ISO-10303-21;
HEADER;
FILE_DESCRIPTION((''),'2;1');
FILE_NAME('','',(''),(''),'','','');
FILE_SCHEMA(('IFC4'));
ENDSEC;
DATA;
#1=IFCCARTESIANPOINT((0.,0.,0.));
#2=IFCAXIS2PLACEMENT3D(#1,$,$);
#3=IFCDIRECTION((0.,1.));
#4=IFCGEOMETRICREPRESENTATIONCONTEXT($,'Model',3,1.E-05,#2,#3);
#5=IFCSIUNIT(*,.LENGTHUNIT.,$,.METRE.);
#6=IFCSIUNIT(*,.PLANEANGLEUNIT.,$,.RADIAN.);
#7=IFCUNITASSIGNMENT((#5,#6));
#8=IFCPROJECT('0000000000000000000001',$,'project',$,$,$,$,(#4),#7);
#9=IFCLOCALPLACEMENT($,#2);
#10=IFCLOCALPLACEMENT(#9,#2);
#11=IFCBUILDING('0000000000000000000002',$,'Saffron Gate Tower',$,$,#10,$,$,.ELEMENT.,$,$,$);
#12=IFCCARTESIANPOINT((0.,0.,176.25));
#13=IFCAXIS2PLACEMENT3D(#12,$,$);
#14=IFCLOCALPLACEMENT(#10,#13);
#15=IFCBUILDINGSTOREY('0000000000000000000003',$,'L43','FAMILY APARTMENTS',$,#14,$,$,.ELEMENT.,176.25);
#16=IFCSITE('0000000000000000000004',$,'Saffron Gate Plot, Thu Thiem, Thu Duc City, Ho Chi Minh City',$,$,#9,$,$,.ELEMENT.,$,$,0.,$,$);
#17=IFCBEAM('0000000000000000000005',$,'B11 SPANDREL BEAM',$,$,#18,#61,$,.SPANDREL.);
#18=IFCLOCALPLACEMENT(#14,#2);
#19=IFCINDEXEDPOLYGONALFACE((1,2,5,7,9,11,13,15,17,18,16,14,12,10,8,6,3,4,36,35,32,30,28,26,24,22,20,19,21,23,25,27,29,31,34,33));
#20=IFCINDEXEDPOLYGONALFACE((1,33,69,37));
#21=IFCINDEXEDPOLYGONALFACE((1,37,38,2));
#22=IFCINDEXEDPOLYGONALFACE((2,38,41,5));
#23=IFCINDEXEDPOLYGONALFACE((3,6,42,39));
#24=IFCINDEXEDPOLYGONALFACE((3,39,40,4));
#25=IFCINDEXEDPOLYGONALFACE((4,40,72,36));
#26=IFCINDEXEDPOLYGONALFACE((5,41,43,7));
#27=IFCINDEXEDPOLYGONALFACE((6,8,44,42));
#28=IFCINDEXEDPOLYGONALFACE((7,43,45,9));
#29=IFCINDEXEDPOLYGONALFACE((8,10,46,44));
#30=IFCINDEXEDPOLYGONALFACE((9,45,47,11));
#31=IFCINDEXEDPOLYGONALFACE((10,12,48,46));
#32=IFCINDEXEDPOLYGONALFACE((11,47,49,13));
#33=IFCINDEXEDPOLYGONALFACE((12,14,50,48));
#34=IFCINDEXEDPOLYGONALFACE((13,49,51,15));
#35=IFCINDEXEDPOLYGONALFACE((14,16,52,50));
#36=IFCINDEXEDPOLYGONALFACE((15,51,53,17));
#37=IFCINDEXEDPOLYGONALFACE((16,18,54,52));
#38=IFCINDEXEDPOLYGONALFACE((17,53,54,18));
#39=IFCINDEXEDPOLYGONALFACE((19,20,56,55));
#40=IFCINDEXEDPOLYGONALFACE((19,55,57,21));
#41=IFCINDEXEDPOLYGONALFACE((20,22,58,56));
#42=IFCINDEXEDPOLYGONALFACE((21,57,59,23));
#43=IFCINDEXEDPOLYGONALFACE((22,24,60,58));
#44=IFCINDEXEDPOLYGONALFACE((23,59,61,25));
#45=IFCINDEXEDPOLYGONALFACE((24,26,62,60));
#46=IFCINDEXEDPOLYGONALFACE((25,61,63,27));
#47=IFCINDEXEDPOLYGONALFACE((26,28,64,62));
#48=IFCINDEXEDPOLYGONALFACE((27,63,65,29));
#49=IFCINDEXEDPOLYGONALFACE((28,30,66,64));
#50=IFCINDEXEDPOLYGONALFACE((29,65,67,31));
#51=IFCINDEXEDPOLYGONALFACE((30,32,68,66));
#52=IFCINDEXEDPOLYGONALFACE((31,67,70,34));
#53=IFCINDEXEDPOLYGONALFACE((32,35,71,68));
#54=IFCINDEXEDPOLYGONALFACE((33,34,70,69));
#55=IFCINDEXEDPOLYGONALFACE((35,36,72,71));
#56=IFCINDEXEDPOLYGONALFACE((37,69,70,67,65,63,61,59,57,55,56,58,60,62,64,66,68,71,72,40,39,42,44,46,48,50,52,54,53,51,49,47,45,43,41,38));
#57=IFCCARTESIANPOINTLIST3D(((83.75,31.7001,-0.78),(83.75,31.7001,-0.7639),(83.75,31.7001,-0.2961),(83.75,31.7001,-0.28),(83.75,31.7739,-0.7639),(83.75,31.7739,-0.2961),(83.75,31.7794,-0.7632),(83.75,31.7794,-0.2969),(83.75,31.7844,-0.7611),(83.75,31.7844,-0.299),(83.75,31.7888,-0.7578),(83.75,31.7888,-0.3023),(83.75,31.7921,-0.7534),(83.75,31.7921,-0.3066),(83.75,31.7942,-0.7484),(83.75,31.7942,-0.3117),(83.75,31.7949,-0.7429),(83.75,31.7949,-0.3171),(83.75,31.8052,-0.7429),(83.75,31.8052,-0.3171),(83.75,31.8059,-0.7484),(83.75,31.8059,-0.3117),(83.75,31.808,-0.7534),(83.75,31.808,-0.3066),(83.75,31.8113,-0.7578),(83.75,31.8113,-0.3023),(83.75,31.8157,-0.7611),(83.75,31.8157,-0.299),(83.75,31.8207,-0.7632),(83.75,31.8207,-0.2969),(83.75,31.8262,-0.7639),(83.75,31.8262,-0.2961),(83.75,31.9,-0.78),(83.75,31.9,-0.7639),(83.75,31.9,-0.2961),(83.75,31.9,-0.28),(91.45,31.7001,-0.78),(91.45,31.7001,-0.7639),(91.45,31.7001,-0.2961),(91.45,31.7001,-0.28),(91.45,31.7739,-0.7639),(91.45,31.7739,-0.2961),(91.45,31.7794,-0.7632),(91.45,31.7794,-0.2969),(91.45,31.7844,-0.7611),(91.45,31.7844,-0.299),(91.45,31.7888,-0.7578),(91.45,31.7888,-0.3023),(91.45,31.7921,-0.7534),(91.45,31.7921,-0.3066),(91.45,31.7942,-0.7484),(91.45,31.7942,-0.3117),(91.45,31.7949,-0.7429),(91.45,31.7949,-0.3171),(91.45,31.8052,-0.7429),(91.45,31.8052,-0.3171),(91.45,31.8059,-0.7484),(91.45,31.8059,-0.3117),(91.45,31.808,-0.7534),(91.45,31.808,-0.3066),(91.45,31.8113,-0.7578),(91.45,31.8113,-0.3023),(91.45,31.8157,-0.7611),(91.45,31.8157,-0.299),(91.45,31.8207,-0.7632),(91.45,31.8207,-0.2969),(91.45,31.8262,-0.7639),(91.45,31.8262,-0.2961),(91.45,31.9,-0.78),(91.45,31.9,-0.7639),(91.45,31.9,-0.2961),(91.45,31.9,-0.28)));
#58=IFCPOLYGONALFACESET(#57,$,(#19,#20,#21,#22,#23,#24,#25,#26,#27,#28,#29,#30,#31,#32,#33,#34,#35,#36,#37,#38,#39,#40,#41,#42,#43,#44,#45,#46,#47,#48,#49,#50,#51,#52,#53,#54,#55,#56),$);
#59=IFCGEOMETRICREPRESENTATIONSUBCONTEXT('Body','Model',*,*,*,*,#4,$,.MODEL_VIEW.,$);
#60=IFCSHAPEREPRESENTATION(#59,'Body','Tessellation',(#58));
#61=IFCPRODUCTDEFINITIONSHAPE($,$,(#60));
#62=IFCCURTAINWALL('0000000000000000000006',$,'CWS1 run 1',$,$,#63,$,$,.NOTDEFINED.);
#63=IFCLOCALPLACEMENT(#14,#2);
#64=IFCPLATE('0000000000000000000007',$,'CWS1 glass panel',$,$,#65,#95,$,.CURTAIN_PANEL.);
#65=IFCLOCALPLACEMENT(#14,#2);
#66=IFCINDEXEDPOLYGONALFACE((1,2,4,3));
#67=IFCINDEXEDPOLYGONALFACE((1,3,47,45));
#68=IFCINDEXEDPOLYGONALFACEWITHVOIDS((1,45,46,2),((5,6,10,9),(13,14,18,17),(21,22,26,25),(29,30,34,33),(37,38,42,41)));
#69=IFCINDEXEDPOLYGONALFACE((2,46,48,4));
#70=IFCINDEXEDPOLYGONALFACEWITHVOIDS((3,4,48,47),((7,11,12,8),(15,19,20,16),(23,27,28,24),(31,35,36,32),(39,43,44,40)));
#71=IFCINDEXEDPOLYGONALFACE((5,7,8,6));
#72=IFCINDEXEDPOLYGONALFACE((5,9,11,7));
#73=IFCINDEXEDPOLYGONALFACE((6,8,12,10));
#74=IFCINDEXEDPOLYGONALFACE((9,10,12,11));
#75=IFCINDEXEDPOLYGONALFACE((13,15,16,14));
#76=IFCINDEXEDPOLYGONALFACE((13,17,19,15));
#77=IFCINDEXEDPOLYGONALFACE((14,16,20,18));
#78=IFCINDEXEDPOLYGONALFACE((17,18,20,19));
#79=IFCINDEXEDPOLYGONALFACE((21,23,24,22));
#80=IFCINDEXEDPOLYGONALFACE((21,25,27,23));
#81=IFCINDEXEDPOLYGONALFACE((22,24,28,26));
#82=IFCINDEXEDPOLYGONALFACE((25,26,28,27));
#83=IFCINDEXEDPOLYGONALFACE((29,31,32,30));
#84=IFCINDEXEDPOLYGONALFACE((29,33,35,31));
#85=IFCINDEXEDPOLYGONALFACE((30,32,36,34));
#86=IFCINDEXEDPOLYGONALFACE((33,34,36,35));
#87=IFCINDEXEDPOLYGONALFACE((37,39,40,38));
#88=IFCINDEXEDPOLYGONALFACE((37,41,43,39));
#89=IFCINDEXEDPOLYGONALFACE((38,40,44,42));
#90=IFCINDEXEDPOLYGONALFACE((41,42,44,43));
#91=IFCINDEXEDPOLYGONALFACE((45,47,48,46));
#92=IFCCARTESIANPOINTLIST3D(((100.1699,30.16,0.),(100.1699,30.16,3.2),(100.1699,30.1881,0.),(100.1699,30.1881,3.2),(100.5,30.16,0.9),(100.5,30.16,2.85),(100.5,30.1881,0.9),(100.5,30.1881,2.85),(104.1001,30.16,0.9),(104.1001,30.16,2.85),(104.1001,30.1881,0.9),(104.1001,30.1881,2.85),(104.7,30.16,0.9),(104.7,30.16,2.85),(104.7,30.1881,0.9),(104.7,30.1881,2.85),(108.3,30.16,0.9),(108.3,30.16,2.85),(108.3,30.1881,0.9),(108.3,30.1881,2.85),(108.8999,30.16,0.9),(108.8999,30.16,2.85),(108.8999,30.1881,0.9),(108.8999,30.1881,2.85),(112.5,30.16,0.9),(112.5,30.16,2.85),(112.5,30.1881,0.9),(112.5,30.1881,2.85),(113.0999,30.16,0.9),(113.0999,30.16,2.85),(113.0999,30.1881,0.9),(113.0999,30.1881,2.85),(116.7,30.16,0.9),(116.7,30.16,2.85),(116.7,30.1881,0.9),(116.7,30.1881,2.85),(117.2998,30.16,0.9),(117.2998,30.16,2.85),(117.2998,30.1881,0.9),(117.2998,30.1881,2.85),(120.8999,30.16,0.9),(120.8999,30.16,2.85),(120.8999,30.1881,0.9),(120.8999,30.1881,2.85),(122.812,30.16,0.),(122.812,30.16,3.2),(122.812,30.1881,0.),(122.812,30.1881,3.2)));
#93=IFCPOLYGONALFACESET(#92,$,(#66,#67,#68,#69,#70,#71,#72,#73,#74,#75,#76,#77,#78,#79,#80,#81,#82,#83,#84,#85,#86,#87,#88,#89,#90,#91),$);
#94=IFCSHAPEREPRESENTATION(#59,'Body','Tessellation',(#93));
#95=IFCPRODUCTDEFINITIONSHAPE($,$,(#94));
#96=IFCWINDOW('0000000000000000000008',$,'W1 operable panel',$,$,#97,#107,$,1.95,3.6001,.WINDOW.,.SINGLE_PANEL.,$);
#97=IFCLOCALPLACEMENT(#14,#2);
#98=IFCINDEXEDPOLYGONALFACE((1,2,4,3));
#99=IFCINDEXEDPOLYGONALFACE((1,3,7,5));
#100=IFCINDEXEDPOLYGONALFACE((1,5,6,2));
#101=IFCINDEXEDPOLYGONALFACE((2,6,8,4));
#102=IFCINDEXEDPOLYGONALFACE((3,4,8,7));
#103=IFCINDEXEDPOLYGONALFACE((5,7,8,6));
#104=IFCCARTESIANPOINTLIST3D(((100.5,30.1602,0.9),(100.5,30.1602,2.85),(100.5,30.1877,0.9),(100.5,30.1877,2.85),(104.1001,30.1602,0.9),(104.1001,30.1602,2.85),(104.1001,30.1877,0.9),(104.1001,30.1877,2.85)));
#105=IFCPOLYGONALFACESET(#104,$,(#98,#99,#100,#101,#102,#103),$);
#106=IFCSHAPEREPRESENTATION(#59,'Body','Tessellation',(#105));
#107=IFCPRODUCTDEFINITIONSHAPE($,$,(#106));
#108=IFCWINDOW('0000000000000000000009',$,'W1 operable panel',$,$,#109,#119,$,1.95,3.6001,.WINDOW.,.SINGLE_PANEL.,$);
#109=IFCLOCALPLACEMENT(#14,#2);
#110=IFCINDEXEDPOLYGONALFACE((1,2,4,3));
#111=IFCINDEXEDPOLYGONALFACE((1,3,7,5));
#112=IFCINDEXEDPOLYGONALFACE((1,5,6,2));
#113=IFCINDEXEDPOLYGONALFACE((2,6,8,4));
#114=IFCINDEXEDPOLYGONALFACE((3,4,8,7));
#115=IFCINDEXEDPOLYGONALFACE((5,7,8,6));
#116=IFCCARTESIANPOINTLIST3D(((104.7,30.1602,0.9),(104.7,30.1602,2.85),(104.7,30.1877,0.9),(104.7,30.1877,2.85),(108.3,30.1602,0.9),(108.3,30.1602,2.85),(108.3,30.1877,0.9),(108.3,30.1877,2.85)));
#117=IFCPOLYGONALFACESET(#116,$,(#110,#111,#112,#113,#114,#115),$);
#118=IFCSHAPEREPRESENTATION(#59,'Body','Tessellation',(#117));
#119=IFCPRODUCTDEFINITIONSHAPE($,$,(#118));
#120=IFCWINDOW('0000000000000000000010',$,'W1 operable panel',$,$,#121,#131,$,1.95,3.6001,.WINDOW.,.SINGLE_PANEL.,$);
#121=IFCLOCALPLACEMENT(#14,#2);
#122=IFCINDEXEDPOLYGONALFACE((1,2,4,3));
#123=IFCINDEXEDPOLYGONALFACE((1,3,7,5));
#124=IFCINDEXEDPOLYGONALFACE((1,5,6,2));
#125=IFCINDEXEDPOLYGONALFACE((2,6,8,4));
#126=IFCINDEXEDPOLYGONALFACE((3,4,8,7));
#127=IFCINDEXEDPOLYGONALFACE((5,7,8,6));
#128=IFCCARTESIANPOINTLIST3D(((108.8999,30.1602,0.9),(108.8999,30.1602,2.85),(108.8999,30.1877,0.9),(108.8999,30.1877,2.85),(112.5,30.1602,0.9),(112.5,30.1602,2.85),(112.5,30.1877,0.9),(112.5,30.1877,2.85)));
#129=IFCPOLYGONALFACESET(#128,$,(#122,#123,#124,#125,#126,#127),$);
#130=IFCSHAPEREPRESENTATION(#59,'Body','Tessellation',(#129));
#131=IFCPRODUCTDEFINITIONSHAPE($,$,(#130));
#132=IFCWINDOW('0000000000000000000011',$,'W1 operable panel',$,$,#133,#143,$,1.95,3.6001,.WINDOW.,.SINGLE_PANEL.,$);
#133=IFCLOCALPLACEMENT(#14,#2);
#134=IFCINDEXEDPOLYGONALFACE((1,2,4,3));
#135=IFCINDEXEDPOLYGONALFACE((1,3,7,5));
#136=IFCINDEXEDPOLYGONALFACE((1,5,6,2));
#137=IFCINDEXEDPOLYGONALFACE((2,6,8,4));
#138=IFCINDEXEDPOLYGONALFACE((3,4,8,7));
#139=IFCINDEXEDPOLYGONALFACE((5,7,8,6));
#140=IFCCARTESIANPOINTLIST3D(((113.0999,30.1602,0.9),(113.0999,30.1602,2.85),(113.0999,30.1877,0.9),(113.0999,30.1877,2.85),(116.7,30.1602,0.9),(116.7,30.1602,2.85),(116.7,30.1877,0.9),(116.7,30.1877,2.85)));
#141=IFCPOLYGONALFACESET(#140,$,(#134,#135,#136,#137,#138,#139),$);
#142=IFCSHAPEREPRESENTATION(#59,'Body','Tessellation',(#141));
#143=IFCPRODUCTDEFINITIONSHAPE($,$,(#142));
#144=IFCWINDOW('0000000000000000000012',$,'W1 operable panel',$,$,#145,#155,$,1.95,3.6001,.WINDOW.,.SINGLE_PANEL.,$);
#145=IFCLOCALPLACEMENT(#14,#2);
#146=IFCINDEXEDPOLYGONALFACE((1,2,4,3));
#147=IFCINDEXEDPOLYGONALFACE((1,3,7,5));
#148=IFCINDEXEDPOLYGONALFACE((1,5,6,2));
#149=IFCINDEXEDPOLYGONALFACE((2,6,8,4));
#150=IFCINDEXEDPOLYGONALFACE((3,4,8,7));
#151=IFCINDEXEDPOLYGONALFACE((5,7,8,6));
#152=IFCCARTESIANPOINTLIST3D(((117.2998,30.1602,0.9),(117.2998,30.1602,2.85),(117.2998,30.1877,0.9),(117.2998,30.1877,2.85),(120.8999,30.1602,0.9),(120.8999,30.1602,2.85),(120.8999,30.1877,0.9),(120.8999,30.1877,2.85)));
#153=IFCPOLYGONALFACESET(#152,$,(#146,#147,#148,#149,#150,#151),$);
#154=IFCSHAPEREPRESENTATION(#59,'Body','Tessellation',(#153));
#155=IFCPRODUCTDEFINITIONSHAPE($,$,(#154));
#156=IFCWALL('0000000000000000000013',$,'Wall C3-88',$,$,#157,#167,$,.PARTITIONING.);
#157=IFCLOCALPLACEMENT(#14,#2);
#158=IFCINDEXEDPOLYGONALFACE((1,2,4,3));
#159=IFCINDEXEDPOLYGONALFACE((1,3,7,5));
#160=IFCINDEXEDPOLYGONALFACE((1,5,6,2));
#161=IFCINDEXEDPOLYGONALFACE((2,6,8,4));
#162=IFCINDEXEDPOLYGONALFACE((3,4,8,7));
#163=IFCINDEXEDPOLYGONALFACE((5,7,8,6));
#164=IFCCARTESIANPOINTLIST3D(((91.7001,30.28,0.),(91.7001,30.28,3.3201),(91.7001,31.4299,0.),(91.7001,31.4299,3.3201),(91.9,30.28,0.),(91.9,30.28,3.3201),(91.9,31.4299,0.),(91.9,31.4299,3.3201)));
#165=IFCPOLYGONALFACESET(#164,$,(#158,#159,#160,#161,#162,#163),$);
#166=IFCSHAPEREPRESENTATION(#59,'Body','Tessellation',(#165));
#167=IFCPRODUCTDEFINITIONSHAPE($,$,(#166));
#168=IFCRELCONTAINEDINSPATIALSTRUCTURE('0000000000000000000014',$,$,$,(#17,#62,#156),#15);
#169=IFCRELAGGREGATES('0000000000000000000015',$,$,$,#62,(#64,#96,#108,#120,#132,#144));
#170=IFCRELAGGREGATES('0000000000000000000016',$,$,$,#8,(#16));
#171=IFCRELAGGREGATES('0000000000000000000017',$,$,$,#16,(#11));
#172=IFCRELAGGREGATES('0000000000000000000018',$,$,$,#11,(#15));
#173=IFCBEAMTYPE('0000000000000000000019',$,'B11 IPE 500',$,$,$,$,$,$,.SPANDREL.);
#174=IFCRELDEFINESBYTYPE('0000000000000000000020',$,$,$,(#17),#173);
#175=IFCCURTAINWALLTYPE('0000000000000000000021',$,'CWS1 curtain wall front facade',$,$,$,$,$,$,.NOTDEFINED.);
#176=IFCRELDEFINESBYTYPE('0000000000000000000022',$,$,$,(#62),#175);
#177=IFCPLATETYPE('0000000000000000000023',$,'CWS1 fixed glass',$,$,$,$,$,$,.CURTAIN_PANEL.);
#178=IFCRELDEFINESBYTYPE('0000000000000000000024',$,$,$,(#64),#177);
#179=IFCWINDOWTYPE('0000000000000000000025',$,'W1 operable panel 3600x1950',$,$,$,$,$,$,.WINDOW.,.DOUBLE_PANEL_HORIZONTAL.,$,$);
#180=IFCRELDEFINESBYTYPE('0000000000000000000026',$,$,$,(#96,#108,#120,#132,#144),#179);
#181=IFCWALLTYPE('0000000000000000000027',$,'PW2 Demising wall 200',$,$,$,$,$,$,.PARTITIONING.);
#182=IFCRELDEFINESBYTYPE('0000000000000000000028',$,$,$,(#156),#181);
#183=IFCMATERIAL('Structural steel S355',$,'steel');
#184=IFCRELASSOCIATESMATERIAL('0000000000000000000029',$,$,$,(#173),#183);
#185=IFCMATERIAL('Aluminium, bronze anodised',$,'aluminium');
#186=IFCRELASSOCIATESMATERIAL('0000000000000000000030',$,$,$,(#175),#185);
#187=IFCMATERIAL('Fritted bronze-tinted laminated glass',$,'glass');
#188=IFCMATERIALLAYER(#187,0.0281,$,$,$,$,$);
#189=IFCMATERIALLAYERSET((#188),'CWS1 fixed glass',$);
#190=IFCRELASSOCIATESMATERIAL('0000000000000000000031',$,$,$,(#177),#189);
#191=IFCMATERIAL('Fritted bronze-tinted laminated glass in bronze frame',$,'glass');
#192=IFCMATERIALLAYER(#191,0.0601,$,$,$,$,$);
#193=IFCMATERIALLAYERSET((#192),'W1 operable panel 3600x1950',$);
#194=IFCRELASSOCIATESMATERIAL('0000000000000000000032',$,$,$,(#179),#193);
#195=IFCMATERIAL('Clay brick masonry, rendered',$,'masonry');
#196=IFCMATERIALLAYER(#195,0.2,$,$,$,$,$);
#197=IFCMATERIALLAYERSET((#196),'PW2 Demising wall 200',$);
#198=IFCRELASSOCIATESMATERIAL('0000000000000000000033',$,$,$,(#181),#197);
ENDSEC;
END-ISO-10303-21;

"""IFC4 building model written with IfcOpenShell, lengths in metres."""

from ifc_helpers import new_model, si_unit, direction, frame, frame_2d, origin, origin_2d, place, context, subcontext, project, spatial, rectangle, i_section, extrude, material, layer, layer_set, material_profile, profile_set, type_object, element, fill, aggregate, save


model = new_model("IFC4")

# Units and contexts
model_context = context("Model", 3, precision=1e-05, world=origin(), true_north=direction((0.0, 1.0)))
body_context = subcontext(model_context, "Body", "Model", "MODEL_VIEW")
ifc_project = project(units=[si_unit("LENGTHUNIT", "METRE"), si_unit("PLANEANGLEUNIT", "RADIAN")], contexts=[model_context])

# Site, building, storey
site_placement = place(None, origin())
site = spatial("IfcSite", under=ifc_project, at=site_placement, Name="Saffron Gate Plot, Thu Thiem, Thu Duc City, Ho Chi Minh City", CompositionType="ELEMENT", RefElevation=0.0)
building_placement = place(site_placement, origin())
building = spatial("IfcBuilding", under=site, at=building_placement, Name="Saffron Gate Tower", CompositionType="ELEMENT")
storey_placement = place(building_placement, frame((0.0, 0.0, 176.25)))
storey = spatial("IfcBuildingStorey", under=building, at=storey_placement, Name="L43", Description="FAMILY APARTMENTS", CompositionType="ELEMENT", Elevation=176.25)

# Beam
ifc_material_1 = material(Name="Structural steel S355", Category="steel")
ifc_material_profile = material_profile(ifc_material_1, i_section(OverallWidth=0.2, OverallDepth=0.5, WebThickness=0.0103, FlangeThickness=0.0161, FilletRadius=0.021, at=origin_2d()))
ifc_profile_set = profile_set([ifc_material_profile], Name="Structural steel S355")
beam_type = type_object("IfcBeamType", Name="B11 IPE 500", PredefinedType="SPANDREL", material=ifc_profile_set)
beam_placement = place(storey_placement, frame((83.75, 31.8, -0.53), z_axis=(1.0, 0.0, 0.0), x_axis=(0.0, 1.0, 0.0)))
element("IfcBeam", 1, at=beam_placement, inside=storey, type_object=beam_type, Name="B11 SPANDREL BEAM", PredefinedType="SPANDREL", context=body_context, shape_type="SweptSolid", body=[
    extrude(i_section(OverallWidth=0.2, OverallDepth=0.5, WebThickness=0.0103, FlangeThickness=0.0161, FilletRadius=0.021, at=origin_2d()), origin(), (0.0, 0.0, 1.0), 7.7),
])

# Curtain wall, plate, openings, windows
ifc_material_2 = material(Name="Aluminium, bronze anodised", Category="aluminium")
curtain_wall_type = type_object("IfcCurtainWallType", Name="CWS1 curtain wall front facade", PredefinedType="NOTDEFINED", material=ifc_material_2)
curtain_wall_placement = place(storey_placement, origin())
curtain_wall = element("IfcCurtainWall", 2, at=curtain_wall_placement, inside=storey, type_object=curtain_wall_type, Name="CWS1 run 1", PredefinedType="NOTDEFINED")
ifc_material_3 = material(Name="Fritted bronze-tinted laminated glass", Category="glass")
ifc_layer_1 = layer(ifc_material_3, 0.0281)
ifc_layer_set_1 = layer_set([ifc_layer_1], Name="CWS1 fixed glass")
plate_type = type_object("IfcPlateType", Name="CWS1 fixed glass", PredefinedType="CURTAIN_PANEL", material=ifc_layer_set_1)
plate_placement = place(storey_placement, frame((100.1699, 30.1741, 0.0), z_axis=(0.0, 0.0, 1.0), x_axis=(1.0, 0.0, 0.0)))
plate = element("IfcPlate", 3, at=plate_placement, type_object=plate_type, Name="CWS1 glass panel", PredefinedType="CURTAIN_PANEL", context=body_context, shape_type="SweptSolid", body=[
    extrude(rectangle(XDim=22.6421, YDim=0.0281, at=frame_2d((11.321, 0.0))), origin(), (0.0, 0.0, 1.0), 3.2),
])
opening_1_placement = place(plate_placement, frame((0.3301, 0.0, 0.8999)))
opening_1 = element("IfcOpeningElement", 4, at=opening_1_placement, cuts=plate, PredefinedType="OPENING", context=body_context, shape_type="SweptSolid", body=[
    extrude(rectangle(XDim=3.6001, YDim=1.95, at=frame_2d((1.8, 0.9751))), frame((0.0, 0.0239, 0.0), z_axis=(0.0, -1.0, 0.0), x_axis=(1.0, 0.0, 0.0)), (0.0, 0.0, 1.0), 0.0481),
])
opening_2_placement = place(plate_placement, frame((4.53, 0.0, 0.8999)))
opening_2 = element("IfcOpeningElement", 5, at=opening_2_placement, cuts=plate, PredefinedType="OPENING", context=body_context, shape_type="SweptSolid", body=[
    extrude(rectangle(XDim=3.6001, YDim=1.95, at=frame_2d((1.8, 0.9751))), frame((0.0, 0.0239, 0.0), z_axis=(0.0, -1.0, 0.0), x_axis=(1.0, 0.0, 0.0)), (0.0, 0.0, 1.0), 0.0481),
])
opening_3_placement = place(plate_placement, frame((8.73, 0.0, 0.8999)))
opening_3 = element("IfcOpeningElement", 6, at=opening_3_placement, cuts=plate, PredefinedType="OPENING", context=body_context, shape_type="SweptSolid", body=[
    extrude(rectangle(XDim=3.6001, YDim=1.95, at=frame_2d((1.8, 0.9751))), frame((0.0, 0.0239, 0.0), z_axis=(0.0, -1.0, 0.0), x_axis=(1.0, 0.0, 0.0)), (0.0, 0.0, 1.0), 0.0481),
])
opening_4_placement = place(plate_placement, frame((12.9299, 0.0, 0.8999)))
opening_4 = element("IfcOpeningElement", 7, at=opening_4_placement, cuts=plate, PredefinedType="OPENING", context=body_context, shape_type="SweptSolid", body=[
    extrude(rectangle(XDim=3.6001, YDim=1.95, at=frame_2d((1.8, 0.9751))), frame((0.0, 0.0239, 0.0), z_axis=(0.0, -1.0, 0.0), x_axis=(1.0, 0.0, 0.0)), (0.0, 0.0, 1.0), 0.0481),
])
opening_5_placement = place(plate_placement, frame((17.1299, 0.0, 0.8999)))
opening_5 = element("IfcOpeningElement", 8, at=opening_5_placement, cuts=plate, PredefinedType="OPENING", context=body_context, shape_type="SweptSolid", body=[
    extrude(rectangle(XDim=3.6001, YDim=1.95, at=frame_2d((1.8, 0.9751))), frame((0.0, 0.0239, 0.0), z_axis=(0.0, -1.0, 0.0), x_axis=(1.0, 0.0, 0.0)), (0.0, 0.0, 1.0), 0.0481),
])
ifc_material_4 = material(Name="Fritted bronze-tinted laminated glass in bronze frame", Category="glass")
ifc_layer_2 = layer(ifc_material_4, 0.0601)
ifc_layer_set_2 = layer_set([ifc_layer_2], Name="W1 operable panel 3600x1950")
window_type = type_object("IfcWindowType", Name="W1 operable panel 3600x1950", PartitioningType="DOUBLE_PANEL_HORIZONTAL", PredefinedType="WINDOW", material=ifc_layer_set_2)
window_1_placement = place(opening_1_placement, origin())
window_1 = element("IfcWindow", 9, at=window_1_placement, type_object=window_type, Name="W1 operable panel", OverallHeight=1.95, OverallWidth=3.6001, PartitioningType="SINGLE_PANEL", PredefinedType="WINDOW", context=body_context, shape_type="SweptSolid", body=[
    extrude(rectangle(XDim=3.6001, YDim=1.95, at=frame_2d((1.8, 0.9751))), frame((0.0, 0.0137, 0.0), z_axis=(0.0, -1.0, 0.0), x_axis=(1.0, 0.0, 0.0)), (0.0, 0.0, 1.0), 0.0276),
])
fill(opening_1, window_1)
window_2_placement = place(opening_2_placement, origin())
window_2 = element("IfcWindow", 10, at=window_2_placement, type_object=window_type, Name="W1 operable panel", OverallHeight=1.95, OverallWidth=3.6001, PartitioningType="SINGLE_PANEL", PredefinedType="WINDOW", context=body_context, shape_type="SweptSolid", body=[
    extrude(rectangle(XDim=3.6001, YDim=1.95, at=frame_2d((1.8, 0.9751))), frame((0.0, 0.0137, 0.0), z_axis=(0.0, -1.0, 0.0), x_axis=(1.0, 0.0, 0.0)), (0.0, 0.0, 1.0), 0.0276),
])
fill(opening_2, window_2)
window_3_placement = place(opening_3_placement, origin())
window_3 = element("IfcWindow", 11, at=window_3_placement, type_object=window_type, Name="W1 operable panel", OverallHeight=1.95, OverallWidth=3.6001, PartitioningType="SINGLE_PANEL", PredefinedType="WINDOW", context=body_context, shape_type="SweptSolid", body=[
    extrude(rectangle(XDim=3.6001, YDim=1.95, at=frame_2d((1.8, 0.9751))), frame((0.0, 0.0137, 0.0), z_axis=(0.0, -1.0, 0.0), x_axis=(1.0, 0.0, 0.0)), (0.0, 0.0, 1.0), 0.0276),
])
fill(opening_3, window_3)
window_4_placement = place(opening_4_placement, origin())
window_4 = element("IfcWindow", 12, at=window_4_placement, type_object=window_type, Name="W1 operable panel", OverallHeight=1.95, OverallWidth=3.6001, PartitioningType="SINGLE_PANEL", PredefinedType="WINDOW", context=body_context, shape_type="SweptSolid", body=[
    extrude(rectangle(XDim=3.6001, YDim=1.95, at=frame_2d((1.8, 0.9751))), frame((0.0, 0.0137, 0.0), z_axis=(0.0, -1.0, 0.0), x_axis=(1.0, 0.0, 0.0)), (0.0, 0.0, 1.0), 0.0276),
])
fill(opening_4, window_4)
window_5_placement = place(opening_5_placement, origin())
window_5 = element("IfcWindow", 13, at=window_5_placement, type_object=window_type, Name="W1 operable panel", OverallHeight=1.95, OverallWidth=3.6001, PartitioningType="SINGLE_PANEL", PredefinedType="WINDOW", context=body_context, shape_type="SweptSolid", body=[
    extrude(rectangle(XDim=3.6001, YDim=1.95, at=frame_2d((1.8, 0.9751))), frame((0.0, 0.0137, 0.0), z_axis=(0.0, -1.0, 0.0), x_axis=(1.0, 0.0, 0.0)), (0.0, 0.0, 1.0), 0.0276),
])
fill(opening_5, window_5)
aggregate(curtain_wall, [plate, window_1, window_2, window_3, window_4, window_5])

# Wall
ifc_material_5 = material(Name="Clay brick masonry, rendered", Category="masonry")
ifc_layer_3 = layer(ifc_material_5, 0.2)
ifc_layer_set_3 = layer_set([ifc_layer_3], Name="PW2 Demising wall 200")
wall_type = type_object("IfcWallType", Name="PW2 Demising wall 200", PredefinedType="PARTITIONING", material=ifc_layer_set_3)
wall_placement = place(storey_placement, frame((91.8, 31.4299, 0.0), z_axis=(0.0, 0.0, 1.0), x_axis=(0.0, -1.0, 0.0)))
element("IfcWall", 14, at=wall_placement, inside=storey, type_object=wall_type, Name="Wall C3-88", PredefinedType="PARTITIONING", context=body_context, shape_type="SweptSolid", body=[
    extrude(rectangle(XDim=1.1499, YDim=0.2, at=frame_2d((0.575, 0.0))), origin(), (0.0, 0.0, 1.0), 3.3201),
])

save(model, "model.ifc")
